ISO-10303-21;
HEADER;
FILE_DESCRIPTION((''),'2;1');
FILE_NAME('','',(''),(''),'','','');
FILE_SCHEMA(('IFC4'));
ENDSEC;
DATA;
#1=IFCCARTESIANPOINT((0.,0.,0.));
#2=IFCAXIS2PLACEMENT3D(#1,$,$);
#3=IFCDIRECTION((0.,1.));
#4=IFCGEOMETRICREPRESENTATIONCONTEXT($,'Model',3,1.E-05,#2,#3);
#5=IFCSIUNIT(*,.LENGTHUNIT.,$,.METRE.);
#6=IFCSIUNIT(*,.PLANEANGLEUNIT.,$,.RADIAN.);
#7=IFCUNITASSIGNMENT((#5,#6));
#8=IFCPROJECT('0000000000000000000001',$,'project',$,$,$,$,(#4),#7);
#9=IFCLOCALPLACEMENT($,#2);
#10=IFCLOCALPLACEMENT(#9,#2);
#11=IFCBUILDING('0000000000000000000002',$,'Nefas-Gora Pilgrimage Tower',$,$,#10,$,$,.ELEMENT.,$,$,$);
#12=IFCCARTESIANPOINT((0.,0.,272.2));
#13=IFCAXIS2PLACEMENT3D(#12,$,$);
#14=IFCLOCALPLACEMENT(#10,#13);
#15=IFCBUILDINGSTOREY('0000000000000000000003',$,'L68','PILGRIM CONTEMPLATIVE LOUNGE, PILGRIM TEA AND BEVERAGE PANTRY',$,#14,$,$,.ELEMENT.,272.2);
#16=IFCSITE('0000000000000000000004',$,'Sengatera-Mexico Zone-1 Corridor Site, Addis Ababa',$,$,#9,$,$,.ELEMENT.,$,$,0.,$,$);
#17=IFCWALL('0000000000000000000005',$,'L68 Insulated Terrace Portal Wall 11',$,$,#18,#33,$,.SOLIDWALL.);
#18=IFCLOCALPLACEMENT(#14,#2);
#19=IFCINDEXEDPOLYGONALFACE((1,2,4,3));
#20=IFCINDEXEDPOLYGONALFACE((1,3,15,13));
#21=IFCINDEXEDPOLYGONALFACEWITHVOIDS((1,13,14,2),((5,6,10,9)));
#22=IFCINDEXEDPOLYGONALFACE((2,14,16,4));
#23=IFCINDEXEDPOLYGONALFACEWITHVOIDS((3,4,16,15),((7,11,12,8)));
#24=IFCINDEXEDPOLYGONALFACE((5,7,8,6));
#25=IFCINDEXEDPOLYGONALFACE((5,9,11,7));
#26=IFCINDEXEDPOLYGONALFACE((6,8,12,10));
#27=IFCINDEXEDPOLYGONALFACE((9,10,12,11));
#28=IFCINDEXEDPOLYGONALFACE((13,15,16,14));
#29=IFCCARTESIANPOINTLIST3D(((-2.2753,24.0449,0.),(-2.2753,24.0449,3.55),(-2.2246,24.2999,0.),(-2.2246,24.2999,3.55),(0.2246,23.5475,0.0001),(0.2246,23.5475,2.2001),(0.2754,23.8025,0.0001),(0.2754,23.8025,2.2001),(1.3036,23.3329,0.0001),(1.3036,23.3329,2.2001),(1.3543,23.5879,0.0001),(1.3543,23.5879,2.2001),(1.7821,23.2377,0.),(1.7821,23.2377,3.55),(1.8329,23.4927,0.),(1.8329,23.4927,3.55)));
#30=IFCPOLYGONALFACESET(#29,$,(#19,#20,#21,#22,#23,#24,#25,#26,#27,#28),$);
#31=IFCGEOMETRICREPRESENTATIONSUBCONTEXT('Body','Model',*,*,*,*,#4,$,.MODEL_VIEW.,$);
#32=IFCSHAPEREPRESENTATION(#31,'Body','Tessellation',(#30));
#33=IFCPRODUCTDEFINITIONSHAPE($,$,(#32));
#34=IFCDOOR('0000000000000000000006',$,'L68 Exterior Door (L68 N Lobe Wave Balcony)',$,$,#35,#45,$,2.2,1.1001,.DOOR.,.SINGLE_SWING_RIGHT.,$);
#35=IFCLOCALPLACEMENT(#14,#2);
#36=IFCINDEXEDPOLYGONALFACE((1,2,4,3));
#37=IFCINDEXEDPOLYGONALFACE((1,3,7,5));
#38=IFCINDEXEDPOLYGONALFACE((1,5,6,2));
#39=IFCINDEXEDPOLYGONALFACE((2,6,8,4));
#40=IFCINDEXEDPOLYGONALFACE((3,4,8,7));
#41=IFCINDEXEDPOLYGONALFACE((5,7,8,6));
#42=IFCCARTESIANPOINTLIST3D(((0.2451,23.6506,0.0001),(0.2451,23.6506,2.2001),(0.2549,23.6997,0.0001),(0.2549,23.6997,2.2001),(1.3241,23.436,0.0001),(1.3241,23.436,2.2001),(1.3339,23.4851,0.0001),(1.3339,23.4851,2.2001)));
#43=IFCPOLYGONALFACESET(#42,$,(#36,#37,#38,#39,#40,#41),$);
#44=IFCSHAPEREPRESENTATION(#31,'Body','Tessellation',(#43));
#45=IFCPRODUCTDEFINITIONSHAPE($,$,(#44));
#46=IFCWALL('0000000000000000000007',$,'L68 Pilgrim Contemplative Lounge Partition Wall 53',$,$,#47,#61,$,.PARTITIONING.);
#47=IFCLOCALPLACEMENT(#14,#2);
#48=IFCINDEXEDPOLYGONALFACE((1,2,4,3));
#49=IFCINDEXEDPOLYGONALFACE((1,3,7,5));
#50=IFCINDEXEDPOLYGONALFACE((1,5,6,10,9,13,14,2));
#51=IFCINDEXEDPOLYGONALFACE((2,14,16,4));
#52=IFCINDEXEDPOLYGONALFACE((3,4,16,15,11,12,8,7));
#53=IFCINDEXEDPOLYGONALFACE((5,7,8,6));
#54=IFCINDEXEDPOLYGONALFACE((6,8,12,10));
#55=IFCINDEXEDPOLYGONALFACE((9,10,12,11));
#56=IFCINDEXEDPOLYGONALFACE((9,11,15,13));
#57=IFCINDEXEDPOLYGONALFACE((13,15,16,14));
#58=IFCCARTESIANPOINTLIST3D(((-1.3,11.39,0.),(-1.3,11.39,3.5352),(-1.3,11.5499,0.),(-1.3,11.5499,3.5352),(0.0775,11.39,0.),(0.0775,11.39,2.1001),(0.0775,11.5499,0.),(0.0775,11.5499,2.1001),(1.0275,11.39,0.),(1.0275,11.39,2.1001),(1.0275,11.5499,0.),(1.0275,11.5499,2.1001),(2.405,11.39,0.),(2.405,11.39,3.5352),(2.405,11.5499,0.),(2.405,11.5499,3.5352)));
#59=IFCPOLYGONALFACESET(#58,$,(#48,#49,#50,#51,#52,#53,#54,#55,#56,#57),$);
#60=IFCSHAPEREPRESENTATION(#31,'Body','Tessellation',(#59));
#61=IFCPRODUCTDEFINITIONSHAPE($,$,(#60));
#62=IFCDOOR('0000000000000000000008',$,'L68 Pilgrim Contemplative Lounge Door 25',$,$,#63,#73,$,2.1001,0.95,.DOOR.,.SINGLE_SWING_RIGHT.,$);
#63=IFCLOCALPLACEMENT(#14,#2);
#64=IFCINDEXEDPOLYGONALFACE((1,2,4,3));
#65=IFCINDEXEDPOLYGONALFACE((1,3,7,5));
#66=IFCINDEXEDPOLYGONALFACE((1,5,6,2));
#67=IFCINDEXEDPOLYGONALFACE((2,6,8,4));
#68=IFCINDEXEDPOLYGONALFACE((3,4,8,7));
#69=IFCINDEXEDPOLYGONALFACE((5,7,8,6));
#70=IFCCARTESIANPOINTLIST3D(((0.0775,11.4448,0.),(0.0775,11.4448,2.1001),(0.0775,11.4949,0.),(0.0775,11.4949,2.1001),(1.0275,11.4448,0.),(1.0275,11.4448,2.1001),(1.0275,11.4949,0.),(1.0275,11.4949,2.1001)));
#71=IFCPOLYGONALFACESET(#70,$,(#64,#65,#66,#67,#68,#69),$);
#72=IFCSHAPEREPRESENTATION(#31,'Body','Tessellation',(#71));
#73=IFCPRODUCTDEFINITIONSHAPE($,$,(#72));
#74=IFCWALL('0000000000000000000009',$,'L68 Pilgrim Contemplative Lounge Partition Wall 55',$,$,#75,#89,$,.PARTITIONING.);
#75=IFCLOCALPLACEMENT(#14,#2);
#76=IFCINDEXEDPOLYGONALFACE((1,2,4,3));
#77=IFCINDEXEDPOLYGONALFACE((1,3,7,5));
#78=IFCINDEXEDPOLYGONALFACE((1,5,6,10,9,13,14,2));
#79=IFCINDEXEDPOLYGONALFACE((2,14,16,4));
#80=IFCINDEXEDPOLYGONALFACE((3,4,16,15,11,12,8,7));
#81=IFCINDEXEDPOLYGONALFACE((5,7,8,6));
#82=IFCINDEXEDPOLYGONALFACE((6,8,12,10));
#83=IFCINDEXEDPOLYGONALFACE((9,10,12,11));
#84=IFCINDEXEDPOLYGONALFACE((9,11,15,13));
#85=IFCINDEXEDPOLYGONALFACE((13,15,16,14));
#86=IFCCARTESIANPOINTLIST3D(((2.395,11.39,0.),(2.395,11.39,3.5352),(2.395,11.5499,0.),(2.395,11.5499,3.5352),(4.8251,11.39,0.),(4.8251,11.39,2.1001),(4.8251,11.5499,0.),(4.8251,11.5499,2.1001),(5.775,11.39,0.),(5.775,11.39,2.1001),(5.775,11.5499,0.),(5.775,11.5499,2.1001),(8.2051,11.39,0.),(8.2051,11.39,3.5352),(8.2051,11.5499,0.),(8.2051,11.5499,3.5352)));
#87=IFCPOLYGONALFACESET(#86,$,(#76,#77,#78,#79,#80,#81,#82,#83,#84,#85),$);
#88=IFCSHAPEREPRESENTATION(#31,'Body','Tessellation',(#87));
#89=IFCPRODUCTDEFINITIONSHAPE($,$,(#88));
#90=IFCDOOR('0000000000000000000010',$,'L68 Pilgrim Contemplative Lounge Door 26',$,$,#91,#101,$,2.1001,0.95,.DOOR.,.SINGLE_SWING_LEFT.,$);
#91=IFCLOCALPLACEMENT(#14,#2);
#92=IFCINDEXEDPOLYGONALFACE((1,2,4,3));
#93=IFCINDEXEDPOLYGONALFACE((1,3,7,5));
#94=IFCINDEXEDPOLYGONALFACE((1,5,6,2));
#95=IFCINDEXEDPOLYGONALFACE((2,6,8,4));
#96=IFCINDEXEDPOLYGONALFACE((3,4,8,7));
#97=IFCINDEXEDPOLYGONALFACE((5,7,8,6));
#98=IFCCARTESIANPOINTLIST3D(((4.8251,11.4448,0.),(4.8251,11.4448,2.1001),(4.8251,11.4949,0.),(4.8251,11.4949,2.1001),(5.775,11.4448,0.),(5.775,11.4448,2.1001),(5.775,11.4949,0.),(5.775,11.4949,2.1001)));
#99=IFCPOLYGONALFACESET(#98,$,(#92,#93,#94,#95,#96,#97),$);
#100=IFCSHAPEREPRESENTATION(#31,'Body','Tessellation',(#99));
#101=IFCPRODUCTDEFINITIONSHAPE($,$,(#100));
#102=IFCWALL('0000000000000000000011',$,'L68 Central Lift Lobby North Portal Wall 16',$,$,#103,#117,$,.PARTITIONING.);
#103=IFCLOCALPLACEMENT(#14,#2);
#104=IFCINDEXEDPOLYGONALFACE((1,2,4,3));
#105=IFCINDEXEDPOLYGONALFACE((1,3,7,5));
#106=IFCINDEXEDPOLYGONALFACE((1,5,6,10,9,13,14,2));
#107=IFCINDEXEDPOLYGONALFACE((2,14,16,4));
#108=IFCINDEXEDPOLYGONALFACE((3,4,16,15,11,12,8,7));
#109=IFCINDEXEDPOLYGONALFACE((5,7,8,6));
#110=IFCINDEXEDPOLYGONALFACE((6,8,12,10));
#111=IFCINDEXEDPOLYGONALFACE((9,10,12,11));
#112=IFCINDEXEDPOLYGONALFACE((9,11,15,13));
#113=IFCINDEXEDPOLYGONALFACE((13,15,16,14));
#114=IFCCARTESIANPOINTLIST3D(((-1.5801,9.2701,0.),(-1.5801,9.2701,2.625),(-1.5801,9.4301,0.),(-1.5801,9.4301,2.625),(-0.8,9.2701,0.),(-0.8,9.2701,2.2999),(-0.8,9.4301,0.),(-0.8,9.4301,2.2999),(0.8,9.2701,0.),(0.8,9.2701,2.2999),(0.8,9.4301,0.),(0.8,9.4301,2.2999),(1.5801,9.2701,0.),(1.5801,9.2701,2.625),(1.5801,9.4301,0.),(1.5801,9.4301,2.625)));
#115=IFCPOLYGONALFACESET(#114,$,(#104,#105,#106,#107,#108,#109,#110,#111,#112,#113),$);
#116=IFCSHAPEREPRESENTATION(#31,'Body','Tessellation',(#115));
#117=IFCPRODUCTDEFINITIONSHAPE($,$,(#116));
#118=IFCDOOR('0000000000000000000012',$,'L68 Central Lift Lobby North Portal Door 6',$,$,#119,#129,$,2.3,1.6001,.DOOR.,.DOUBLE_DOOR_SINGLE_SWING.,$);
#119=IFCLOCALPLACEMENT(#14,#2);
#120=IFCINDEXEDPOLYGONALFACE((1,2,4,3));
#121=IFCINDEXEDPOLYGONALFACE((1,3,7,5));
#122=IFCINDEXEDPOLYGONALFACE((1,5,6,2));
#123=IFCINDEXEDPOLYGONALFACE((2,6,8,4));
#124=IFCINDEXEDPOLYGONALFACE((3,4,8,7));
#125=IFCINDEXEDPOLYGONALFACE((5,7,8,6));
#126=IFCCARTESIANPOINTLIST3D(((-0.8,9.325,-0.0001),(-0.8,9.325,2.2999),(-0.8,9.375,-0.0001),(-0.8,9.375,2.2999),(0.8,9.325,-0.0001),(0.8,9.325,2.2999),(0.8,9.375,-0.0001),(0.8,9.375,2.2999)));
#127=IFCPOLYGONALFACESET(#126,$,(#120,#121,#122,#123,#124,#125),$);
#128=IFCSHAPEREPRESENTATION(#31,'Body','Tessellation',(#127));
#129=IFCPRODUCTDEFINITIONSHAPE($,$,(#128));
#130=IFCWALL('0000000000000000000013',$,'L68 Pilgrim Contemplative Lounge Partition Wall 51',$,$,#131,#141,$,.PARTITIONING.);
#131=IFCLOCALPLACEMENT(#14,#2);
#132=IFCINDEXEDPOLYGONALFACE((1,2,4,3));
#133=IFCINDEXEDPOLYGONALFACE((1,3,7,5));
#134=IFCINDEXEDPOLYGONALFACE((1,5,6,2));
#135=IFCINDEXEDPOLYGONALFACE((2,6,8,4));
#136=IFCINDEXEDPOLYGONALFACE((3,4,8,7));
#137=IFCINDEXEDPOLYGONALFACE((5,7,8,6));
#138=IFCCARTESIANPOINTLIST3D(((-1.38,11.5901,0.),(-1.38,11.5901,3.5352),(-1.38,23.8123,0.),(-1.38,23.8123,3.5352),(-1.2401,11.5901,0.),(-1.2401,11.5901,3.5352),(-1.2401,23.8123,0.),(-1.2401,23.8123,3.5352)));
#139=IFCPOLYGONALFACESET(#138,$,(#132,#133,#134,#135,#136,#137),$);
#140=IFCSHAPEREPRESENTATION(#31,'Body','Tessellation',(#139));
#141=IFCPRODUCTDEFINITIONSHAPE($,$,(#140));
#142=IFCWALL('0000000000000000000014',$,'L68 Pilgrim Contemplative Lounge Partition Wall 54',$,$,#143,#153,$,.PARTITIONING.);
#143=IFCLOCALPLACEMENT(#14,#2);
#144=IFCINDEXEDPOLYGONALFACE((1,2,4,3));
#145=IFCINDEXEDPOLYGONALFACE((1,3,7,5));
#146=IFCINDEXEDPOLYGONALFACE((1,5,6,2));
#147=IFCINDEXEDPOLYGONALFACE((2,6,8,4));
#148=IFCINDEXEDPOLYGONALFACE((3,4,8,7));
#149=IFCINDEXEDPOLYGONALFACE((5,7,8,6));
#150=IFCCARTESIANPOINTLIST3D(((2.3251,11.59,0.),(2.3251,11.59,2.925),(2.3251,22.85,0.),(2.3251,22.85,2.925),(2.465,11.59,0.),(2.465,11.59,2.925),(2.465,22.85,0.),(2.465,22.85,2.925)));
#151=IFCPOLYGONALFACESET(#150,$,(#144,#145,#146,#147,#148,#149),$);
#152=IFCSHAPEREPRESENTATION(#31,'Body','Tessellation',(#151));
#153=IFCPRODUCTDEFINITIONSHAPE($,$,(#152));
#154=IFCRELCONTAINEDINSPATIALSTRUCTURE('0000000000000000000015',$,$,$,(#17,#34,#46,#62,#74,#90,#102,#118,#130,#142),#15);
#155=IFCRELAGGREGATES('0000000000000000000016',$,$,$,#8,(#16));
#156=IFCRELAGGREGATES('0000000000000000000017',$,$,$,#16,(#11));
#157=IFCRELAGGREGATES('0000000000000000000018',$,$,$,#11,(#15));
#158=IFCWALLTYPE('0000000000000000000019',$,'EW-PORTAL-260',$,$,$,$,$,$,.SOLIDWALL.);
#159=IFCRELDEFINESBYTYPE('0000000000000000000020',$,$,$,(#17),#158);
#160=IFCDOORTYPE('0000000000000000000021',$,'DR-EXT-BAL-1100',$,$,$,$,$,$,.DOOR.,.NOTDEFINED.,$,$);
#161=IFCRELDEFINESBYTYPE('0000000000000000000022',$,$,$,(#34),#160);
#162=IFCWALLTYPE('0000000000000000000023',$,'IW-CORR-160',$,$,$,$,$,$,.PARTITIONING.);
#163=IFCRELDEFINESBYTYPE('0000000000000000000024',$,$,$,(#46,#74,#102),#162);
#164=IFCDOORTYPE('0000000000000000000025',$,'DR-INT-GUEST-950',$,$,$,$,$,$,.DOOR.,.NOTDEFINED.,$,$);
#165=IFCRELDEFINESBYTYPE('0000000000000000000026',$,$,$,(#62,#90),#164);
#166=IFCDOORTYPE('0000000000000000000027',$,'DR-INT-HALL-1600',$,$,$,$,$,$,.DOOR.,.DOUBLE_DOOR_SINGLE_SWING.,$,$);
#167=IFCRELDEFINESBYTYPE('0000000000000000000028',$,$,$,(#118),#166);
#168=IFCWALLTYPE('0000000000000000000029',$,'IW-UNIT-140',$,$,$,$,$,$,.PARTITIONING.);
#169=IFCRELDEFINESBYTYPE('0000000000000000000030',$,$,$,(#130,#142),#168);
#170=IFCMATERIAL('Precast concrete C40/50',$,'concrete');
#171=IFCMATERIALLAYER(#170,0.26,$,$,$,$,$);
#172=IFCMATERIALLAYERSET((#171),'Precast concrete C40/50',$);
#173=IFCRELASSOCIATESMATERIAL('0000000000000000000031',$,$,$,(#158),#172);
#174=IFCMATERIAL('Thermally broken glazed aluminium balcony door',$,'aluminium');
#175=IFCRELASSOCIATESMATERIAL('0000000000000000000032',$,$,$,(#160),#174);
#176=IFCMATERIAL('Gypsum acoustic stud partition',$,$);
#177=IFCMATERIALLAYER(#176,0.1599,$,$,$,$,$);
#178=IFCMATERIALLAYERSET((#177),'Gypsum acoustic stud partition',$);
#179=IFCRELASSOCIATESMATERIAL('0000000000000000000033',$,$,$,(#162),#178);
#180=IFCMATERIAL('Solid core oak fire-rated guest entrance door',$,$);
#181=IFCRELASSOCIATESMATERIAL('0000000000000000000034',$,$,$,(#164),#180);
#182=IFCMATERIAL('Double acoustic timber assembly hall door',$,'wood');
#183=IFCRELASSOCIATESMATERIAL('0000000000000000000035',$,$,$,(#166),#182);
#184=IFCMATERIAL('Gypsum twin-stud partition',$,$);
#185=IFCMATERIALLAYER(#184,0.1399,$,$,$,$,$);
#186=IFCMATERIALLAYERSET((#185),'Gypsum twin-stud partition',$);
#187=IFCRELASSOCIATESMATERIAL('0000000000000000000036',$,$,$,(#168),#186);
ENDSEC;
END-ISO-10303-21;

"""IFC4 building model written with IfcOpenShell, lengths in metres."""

from ifc_helpers import new_model, si_unit, direction, frame, frame_2d, origin, place, context, subcontext, project, spatial, rectangle, extrude, source, transform, mapped, material, layer, layer_set, type_object, element, fill, save


model = new_model("IFC4")

# Units and contexts
model_context = context("Model", 3, precision=1e-05, world=origin(), true_north=direction((0.0, 1.0)))
body_context = subcontext(model_context, "Body", "Model", "MODEL_VIEW")
ifc_project = project(units=[si_unit("LENGTHUNIT", "METRE"), si_unit("PLANEANGLEUNIT", "RADIAN")], contexts=[model_context])

# Site, building, storey
site_placement = place(None, origin())
site = spatial("IfcSite", under=ifc_project, at=site_placement, Name="Sengatera-Mexico Zone-1 Corridor Site, Addis Ababa", CompositionType="ELEMENT", RefElevation=0.0)
building_placement = place(site_placement, origin())
building = spatial("IfcBuilding", under=site, at=building_placement, Name="Nefas-Gora Pilgrimage Tower", CompositionType="ELEMENT")
storey_placement = place(building_placement, frame((0.0, 0.0, 272.2)))
storey = spatial("IfcBuildingStorey", under=building, at=storey_placement, Name="L68", Description="PILGRIM CONTEMPLATIVE LOUNGE, PILGRIM TEA AND BEVERAGE PANTRY", CompositionType="ELEMENT", Elevation=272.2)

# Shared definitions
ifc_material_1 = material(Name="Precast concrete C40/50", Category="concrete")
ifc_layer_1 = layer(ifc_material_1, 0.26)
ifc_layer_set_1 = layer_set([ifc_layer_1], Name="Precast concrete C40/50")
wall_type_1 = type_object("IfcWallType", Name="EW-PORTAL-260", PredefinedType="SOLIDWALL", material=ifc_layer_set_1)

# Walls, openings, doors
shared_shape_1 = source(origin(), body_context, "Body", "SweptSolid", [
    extrude(rectangle(XDim=4.137, YDim=0.26, at=frame_2d((2.0684, 0.0))), origin(), (0.0, 0.0, 1.0), 3.55),
])
wall_1_placement = place(storey_placement, frame((1.8074, 23.3652, 0.0), z_axis=(0.0, 0.0, 1.0), x_axis=(-0.980782, 0.195106, 0.0)))
wall_1 = element("IfcWall", 1, at=wall_1_placement, inside=storey, type_object=wall_type_1, Name="L68 Insulated Terrace Portal Wall 11", PredefinedType="SOLIDWALL", context=body_context, shape_type="MappedRepresentation", body=[
    mapped(shared_shape_1, transform((0.0, 0.0, 0.0), x_axis=(1.0, 0.0, 0.0), y_axis=(0.0, 1.0, 0.0), z_axis=(0.0, 0.0, 1.0), scale=1.0)),
])
opening_1_placement = place(wall_1_placement, frame((0.4878, 0.0, 0.0)))
opening_1 = element("IfcOpeningElement", 2, at=opening_1_placement, cuts=wall_1, PredefinedType="OPENING", context=body_context, shape_type="SweptSolid", body=[
    extrude(rectangle(XDim=1.1001, YDim=2.2, at=frame_2d((0.55, 1.1001))), frame((0.0, 0.1399, 0.0), z_axis=(0.0, -1.0, 0.0), x_axis=(1.0, 0.0, 0.0)), (0.0, 0.0, 1.0), 0.28),
])
ifc_material_2 = material(Name="Thermally broken glazed aluminium balcony door", Category="aluminium")
door_type_1 = type_object("IfcDoorType", Name="DR-EXT-BAL-1100", OperationType="NOTDEFINED", PredefinedType="DOOR", material=ifc_material_2)
shared_shape_2 = source(origin(), body_context, "Body", "SweptSolid", [
    extrude(rectangle(XDim=1.1001, YDim=2.2, at=frame_2d((0.55, 1.1001))), frame((0.0, 0.0249, 0.0), z_axis=(0.0, -1.0, 0.0), x_axis=(1.0, 0.0, 0.0)), (0.0, 0.0, 1.0), 0.05),
])
door_1_placement = place(opening_1_placement, origin())
door_1 = element("IfcDoor", 3, at=door_1_placement, inside=storey, type_object=door_type_1, Name="L68 Exterior Door (L68 N Lobe Wave Balcony)", OperationType="SINGLE_SWING_RIGHT", OverallHeight=2.2, OverallWidth=1.1001, PredefinedType="DOOR", context=body_context, shape_type="MappedRepresentation", body=[
    mapped(shared_shape_2, transform((0.0, 0.0, 0.0), x_axis=(1.0, 0.0, 0.0), y_axis=(0.0, 1.0, 0.0), z_axis=(0.0, 0.0, 1.0), scale=1.0)),
])
fill(opening_1, door_1)
ifc_material_3 = material(Name="Gypsum acoustic stud partition")
ifc_layer_2 = layer(ifc_material_3, 0.1599)
ifc_layer_set_2 = layer_set([ifc_layer_2], Name="Gypsum acoustic stud partition")
wall_type_2 = type_object("IfcWallType", Name="IW-CORR-160", PredefinedType="PARTITIONING", material=ifc_layer_set_2)
shared_shape_3 = source(origin(), body_context, "Body", "SweptSolid", [
    extrude(rectangle(XDim=3.7051, YDim=0.1599, at=frame_2d((1.8525, 0.0))), origin(), (0.0, 0.0, 1.0), 3.5352),
])
wall_2_placement = place(storey_placement, frame((-1.3, 11.47, 0.0), z_axis=(0.0, 0.0, 1.0), x_axis=(1.0, 0.0, 0.0)))
wall_2 = element("IfcWall", 4, at=wall_2_placement, inside=storey, type_object=wall_type_2, Name="L68 Pilgrim Contemplative Lounge Partition Wall 53", PredefinedType="PARTITIONING", context=body_context, shape_type="MappedRepresentation", body=[
    mapped(shared_shape_3, transform((0.0, 0.0, 0.0), x_axis=(1.0, 0.0, 0.0), y_axis=(0.0, 1.0, 0.0), z_axis=(0.0, 0.0, 1.0), scale=1.0)),
])
opening_2_placement = place(wall_2_placement, frame((1.3774, 0.0, 0.0)))
opening_2 = element("IfcOpeningElement", 5, at=opening_2_placement, cuts=wall_2, PredefinedType="OPENING", context=body_context, shape_type="SweptSolid", body=[
    extrude(rectangle(XDim=0.95, YDim=2.1001, at=frame_2d((0.4751, 1.05))), frame((0.0, 0.0898, 0.0), z_axis=(0.0, -1.0, 0.0), x_axis=(1.0, 0.0, 0.0)), (0.0, 0.0, 1.0), 0.1799),
])
ifc_material_4 = material(Name="Solid core oak fire-rated guest entrance door")
door_type_2 = type_object("IfcDoorType", Name="DR-INT-GUEST-950", OperationType="NOTDEFINED", PredefinedType="DOOR", material=ifc_material_4)
shared_shape_4 = source(origin(), body_context, "Body", "SweptSolid", [
    extrude(rectangle(XDim=0.95, YDim=2.1001, at=frame_2d((0.4751, 1.05))), frame((0.0, 0.0249, 0.0), z_axis=(0.0, -1.0, 0.0), x_axis=(1.0, 0.0, 0.0)), (0.0, 0.0, 1.0), 0.05),
])
door_2_placement = place(opening_2_placement, origin())
door_2 = element("IfcDoor", 6, at=door_2_placement, inside=storey, type_object=door_type_2, Name="L68 Pilgrim Contemplative Lounge Door 25", OperationType="SINGLE_SWING_RIGHT", OverallHeight=2.1001, OverallWidth=0.95, PredefinedType="DOOR", context=body_context, shape_type="MappedRepresentation", body=[
    mapped(shared_shape_4, transform((0.0, 0.0, 0.0), x_axis=(1.0, 0.0, 0.0), y_axis=(0.0, 1.0, 0.0), z_axis=(0.0, 0.0, 1.0), scale=1.0)),
])
fill(opening_2, door_2)
shared_shape_5 = source(origin(), body_context, "Body", "SweptSolid", [
    extrude(rectangle(XDim=5.8101, YDim=0.1599, at=frame_2d((2.905, 0.0))), origin(), (0.0, 0.0, 1.0), 3.5352),
])
wall_3_placement = place(storey_placement, frame((2.395, 11.47, 0.0), z_axis=(0.0, 0.0, 1.0), x_axis=(1.0, 0.0, 0.0)))
wall_3 = element("IfcWall", 7, at=wall_3_placement, inside=storey, type_object=wall_type_2, Name="L68 Pilgrim Contemplative Lounge Partition Wall 55", PredefinedType="PARTITIONING", context=body_context, shape_type="MappedRepresentation", body=[
    mapped(shared_shape_5, transform((0.0, 0.0, 0.0), x_axis=(1.0, 0.0, 0.0), y_axis=(0.0, 1.0, 0.0), z_axis=(0.0, 0.0, 1.0), scale=1.0)),
])
opening_3_placement = place(wall_3_placement, frame((2.4299, 0.0, 0.0)))
opening_3 = element("IfcOpeningElement", 8, at=opening_3_placement, cuts=wall_3, PredefinedType="OPENING", context=body_context, shape_type="SweptSolid", body=[
    extrude(rectangle(XDim=0.95, YDim=2.1001, at=frame_2d((0.4751, 1.05))), frame((0.0, 0.0898, 0.0), z_axis=(0.0, -1.0, 0.0), x_axis=(1.0, 0.0, 0.0)), (0.0, 0.0, 1.0), 0.1799),
])
door_3_placement = place(opening_3_placement, origin())
door_3 = element("IfcDoor", 9, at=door_3_placement, inside=storey, type_object=door_type_2, Name="L68 Pilgrim Contemplative Lounge Door 26", OperationType="SINGLE_SWING_LEFT", OverallHeight=2.1001, OverallWidth=0.95, PredefinedType="DOOR", context=body_context, shape_type="MappedRepresentation", body=[
    mapped(shared_shape_4, transform((0.0, 0.0, 0.0), x_axis=(1.0, 0.0, 0.0), y_axis=(0.0, 1.0, 0.0), z_axis=(0.0, 0.0, 1.0), scale=1.0)),
])
fill(opening_3, door_3)
shared_shape_6 = source(origin(), body_context, "Body", "SweptSolid", [
    extrude(rectangle(XDim=3.1602, YDim=0.1599, at=frame_2d((1.5801, 0.0))), origin(), (0.0, 0.0, 1.0), 2.625),
])
wall_4_placement = place(storey_placement, frame((-1.5801, 9.3501, 0.0), z_axis=(0.0, 0.0, 1.0), x_axis=(1.0, 0.0, 0.0)))
wall_4 = element("IfcWall", 10, at=wall_4_placement, inside=storey, type_object=wall_type_2, Name="L68 Central Lift Lobby North Portal Wall 16", PredefinedType="PARTITIONING", context=body_context, shape_type="MappedRepresentation", body=[
    mapped(shared_shape_6, transform((0.0, 0.0, 0.0), x_axis=(1.0, 0.0, 0.0), y_axis=(0.0, 1.0, 0.0), z_axis=(0.0, 0.0, 1.0), scale=1.0)),
])
opening_4_placement = place(wall_4_placement, frame((0.78, 0.0, 0.0)))
opening_4 = element("IfcOpeningElement", 11, at=opening_4_placement, cuts=wall_4, PredefinedType="OPENING", context=body_context, shape_type="SweptSolid", body=[
    extrude(rectangle(XDim=1.6001, YDim=2.3, at=frame_2d((0.8, 1.1499))), frame((0.0, 0.0898, 0.0), z_axis=(0.0, -1.0, 0.0), x_axis=(1.0, 0.0, 0.0)), (0.0, 0.0, 1.0), 0.1799),
])
ifc_material_5 = material(Name="Double acoustic timber assembly hall door", Category="wood")
door_type_3 = type_object("IfcDoorType", Name="DR-INT-HALL-1600", OperationType="DOUBLE_DOOR_SINGLE_SWING", PredefinedType="DOOR", material=ifc_material_5)
shared_shape_7 = source(origin(), body_context, "Body", "SweptSolid", [
    extrude(rectangle(XDim=1.6001, YDim=2.3, at=frame_2d((0.8, 1.1499))), frame((0.0, 0.0249, 0.0), z_axis=(0.0, -1.0, 0.0), x_axis=(1.0, 0.0, 0.0)), (0.0, 0.0, 1.0), 0.05),
])
door_4_placement = place(opening_4_placement, origin())
door_4 = element("IfcDoor", 12, at=door_4_placement, inside=storey, type_object=door_type_3, Name="L68 Central Lift Lobby North Portal Door 6", OperationType="DOUBLE_DOOR_SINGLE_SWING", OverallHeight=2.3, OverallWidth=1.6001, PredefinedType="DOOR", context=body_context, shape_type="MappedRepresentation", body=[
    mapped(shared_shape_7, transform((0.0, 0.0, 0.0), x_axis=(1.0, 0.0, 0.0), y_axis=(0.0, 1.0, 0.0), z_axis=(0.0, 0.0, 1.0), scale=1.0)),
])
fill(opening_4, door_4)

# Walls
ifc_material_6 = material(Name="Gypsum twin-stud partition")
ifc_layer_3 = layer(ifc_material_6, 0.1399)
ifc_layer_set_3 = layer_set([ifc_layer_3], Name="Gypsum twin-stud partition")
wall_type_3 = type_object("IfcWallType", Name="IW-UNIT-140", PredefinedType="PARTITIONING", material=ifc_layer_set_3)
shared_shape_8 = source(origin(), body_context, "Body", "SweptSolid", [
    extrude(rectangle(XDim=12.2222, YDim=0.1399, at=frame_2d((6.1111, 0.0))), origin(), (0.0, 0.0, 1.0), 3.5352),
])
wall_5_placement = place(storey_placement, frame((-1.3101, 11.5901, 0.0), z_axis=(0.0, 0.0, 1.0), x_axis=(0.0, 1.0, 0.0)))
element("IfcWall", 13, at=wall_5_placement, inside=storey, type_object=wall_type_3, Name="L68 Pilgrim Contemplative Lounge Partition Wall 51", PredefinedType="PARTITIONING", context=body_context, shape_type="MappedRepresentation", body=[
    mapped(shared_shape_8, transform((0.0, 0.0, 0.0), x_axis=(1.0, 0.0, 0.0), y_axis=(0.0, 1.0, 0.0), z_axis=(0.0, 0.0, 1.0), scale=1.0)),
])
shared_shape_9 = source(origin(), body_context, "Body", "SweptSolid", [
    extrude(rectangle(XDim=11.26, YDim=0.1399, at=frame_2d((5.6299, 0.0))), origin(), (0.0, 0.0, 1.0), 2.925),
])
wall_6_placement = place(storey_placement, frame((2.395, 11.5901, 0.0), z_axis=(0.0, 0.0, 1.0), x_axis=(0.0, 1.0, 0.0)))
element("IfcWall", 14, at=wall_6_placement, inside=storey, type_object=wall_type_3, Name="L68 Pilgrim Contemplative Lounge Partition Wall 54", PredefinedType="PARTITIONING", context=body_context, shape_type="MappedRepresentation", body=[
    mapped(shared_shape_9, transform((0.0, 0.0, 0.0), x_axis=(1.0, 0.0, 0.0), y_axis=(0.0, 1.0, 0.0), z_axis=(0.0, 0.0, 1.0), scale=1.0)),
])

save(model, "model.ifc")
